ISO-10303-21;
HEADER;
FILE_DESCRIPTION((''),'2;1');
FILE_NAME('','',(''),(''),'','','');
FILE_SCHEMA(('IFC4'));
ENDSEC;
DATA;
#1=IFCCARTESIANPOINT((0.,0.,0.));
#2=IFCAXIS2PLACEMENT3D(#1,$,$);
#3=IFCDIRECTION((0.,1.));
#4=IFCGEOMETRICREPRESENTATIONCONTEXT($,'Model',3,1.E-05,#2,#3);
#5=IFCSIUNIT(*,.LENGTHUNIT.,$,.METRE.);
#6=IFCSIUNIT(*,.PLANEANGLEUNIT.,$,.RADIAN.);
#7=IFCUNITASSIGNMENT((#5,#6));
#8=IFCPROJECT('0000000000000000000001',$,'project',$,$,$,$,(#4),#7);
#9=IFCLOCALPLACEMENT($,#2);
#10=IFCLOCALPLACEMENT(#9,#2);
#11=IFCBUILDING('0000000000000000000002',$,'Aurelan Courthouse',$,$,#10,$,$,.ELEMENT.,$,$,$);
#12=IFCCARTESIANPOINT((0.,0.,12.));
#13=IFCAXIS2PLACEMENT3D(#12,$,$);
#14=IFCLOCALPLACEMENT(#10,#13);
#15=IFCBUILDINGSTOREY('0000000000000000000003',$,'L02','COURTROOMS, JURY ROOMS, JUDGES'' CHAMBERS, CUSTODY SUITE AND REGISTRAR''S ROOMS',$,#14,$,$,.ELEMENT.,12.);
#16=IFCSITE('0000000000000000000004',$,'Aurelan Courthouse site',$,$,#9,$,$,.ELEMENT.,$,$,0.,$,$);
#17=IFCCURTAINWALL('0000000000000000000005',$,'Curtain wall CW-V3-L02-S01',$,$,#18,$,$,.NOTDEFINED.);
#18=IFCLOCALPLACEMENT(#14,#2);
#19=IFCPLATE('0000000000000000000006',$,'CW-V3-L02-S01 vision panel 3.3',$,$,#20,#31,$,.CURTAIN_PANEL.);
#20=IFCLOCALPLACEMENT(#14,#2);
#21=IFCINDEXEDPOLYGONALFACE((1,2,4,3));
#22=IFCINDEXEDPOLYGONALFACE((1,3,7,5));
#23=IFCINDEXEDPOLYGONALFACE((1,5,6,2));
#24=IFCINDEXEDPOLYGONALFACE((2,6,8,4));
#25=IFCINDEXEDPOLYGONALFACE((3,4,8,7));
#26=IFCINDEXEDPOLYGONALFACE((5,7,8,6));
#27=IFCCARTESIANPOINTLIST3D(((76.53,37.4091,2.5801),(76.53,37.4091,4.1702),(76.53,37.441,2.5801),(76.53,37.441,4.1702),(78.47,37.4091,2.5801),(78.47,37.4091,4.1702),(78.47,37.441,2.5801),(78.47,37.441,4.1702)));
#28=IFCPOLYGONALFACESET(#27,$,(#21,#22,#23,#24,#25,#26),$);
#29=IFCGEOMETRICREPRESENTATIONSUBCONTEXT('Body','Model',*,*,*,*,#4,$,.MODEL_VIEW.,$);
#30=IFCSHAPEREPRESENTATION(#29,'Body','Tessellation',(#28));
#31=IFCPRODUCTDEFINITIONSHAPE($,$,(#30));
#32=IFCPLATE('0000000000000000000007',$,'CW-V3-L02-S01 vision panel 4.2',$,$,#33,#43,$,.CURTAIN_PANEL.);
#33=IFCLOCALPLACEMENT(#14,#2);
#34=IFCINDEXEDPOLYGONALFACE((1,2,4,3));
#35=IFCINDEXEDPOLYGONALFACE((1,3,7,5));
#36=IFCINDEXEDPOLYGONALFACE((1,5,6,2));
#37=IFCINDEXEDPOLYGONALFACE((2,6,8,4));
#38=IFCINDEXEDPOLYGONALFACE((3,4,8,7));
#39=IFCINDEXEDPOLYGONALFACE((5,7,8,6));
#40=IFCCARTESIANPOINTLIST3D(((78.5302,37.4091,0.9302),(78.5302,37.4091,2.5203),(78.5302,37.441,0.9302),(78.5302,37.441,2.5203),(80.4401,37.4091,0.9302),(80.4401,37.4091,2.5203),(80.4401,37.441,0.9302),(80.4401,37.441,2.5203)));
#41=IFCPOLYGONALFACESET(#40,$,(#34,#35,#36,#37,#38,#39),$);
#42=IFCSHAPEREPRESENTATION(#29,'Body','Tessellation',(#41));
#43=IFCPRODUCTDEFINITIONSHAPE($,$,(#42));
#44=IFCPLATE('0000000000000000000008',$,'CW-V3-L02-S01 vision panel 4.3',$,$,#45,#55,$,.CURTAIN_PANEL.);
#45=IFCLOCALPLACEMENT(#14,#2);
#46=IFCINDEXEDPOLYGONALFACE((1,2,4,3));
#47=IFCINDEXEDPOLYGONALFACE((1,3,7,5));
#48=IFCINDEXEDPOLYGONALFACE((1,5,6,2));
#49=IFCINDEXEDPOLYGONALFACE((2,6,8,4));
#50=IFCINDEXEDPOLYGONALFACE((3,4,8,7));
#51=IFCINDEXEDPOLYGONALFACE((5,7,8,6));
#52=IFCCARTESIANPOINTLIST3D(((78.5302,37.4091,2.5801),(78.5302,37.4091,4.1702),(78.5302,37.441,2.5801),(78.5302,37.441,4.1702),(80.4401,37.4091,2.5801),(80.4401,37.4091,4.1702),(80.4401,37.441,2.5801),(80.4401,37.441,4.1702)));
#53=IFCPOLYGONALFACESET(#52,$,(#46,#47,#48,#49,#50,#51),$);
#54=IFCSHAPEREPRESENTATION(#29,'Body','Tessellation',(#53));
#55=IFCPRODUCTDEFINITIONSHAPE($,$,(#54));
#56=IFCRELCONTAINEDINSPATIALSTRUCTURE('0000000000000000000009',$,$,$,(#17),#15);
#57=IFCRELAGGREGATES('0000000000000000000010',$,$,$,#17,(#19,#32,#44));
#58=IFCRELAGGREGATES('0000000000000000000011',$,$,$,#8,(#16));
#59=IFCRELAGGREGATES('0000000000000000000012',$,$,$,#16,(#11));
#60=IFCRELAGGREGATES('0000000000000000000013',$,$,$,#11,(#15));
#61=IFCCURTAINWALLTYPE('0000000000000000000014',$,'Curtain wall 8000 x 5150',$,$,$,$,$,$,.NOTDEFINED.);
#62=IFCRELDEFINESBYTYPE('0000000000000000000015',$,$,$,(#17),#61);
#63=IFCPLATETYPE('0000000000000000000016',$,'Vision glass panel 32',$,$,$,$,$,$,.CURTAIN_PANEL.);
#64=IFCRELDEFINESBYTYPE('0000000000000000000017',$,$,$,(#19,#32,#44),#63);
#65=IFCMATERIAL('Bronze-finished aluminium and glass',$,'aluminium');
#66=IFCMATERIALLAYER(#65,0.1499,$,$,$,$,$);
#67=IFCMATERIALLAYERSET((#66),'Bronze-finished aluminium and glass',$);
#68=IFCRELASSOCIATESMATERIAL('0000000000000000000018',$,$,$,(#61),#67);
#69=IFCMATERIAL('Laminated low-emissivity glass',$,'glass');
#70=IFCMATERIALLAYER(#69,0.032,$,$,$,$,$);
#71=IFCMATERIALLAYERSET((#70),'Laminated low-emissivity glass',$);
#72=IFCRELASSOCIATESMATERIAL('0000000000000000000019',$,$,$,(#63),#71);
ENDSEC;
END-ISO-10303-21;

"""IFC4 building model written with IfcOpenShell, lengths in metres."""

from ifc_helpers import new_model, si_unit, direction, frame, origin, origin_2d, place, context, subcontext, project, spatial, rectangle, extrude, material, layer, layer_set, type_object, element, aggregate, save


model = new_model("IFC4")

# Units and contexts
model_context = context("Model", 3, precision=1e-05, world=origin(), true_north=direction((0.0, 1.0)))
body_context = subcontext(model_context, "Body", "Model", "MODEL_VIEW")
ifc_project = project(units=[si_unit("LENGTHUNIT", "METRE"), si_unit("PLANEANGLEUNIT", "RADIAN")], contexts=[model_context])

# Site, building, storey
site_placement = place(None, origin())
site = spatial("IfcSite", under=ifc_project, at=site_placement, Name="Aurelan Courthouse site", CompositionType="ELEMENT", RefElevation=0.0)
building_placement = place(site_placement, origin())
building = spatial("IfcBuilding", under=site, at=building_placement, Name="Aurelan Courthouse", CompositionType="ELEMENT")
storey_placement = place(building_placement, frame((0.0, 0.0, 12.0)))
storey = spatial("IfcBuildingStorey", under=building, at=storey_placement, Name="L02", Description="COURTROOMS, JURY ROOMS, JUDGES' CHAMBERS, CUSTODY SUITE AND REGISTRAR'S ROOMS", CompositionType="ELEMENT", Elevation=12.0)

# Curtain wall, plates
ifc_material_1 = material(Name="Bronze-finished aluminium and glass", Category="aluminium")
ifc_layer_1 = layer(ifc_material_1, 0.1499)
ifc_layer_set_1 = layer_set([ifc_layer_1], Name="Bronze-finished aluminium and glass")
curtain_wall_type = type_object("IfcCurtainWallType", Name="Curtain wall 8000 x 5150", PredefinedType="NOTDEFINED", material=ifc_layer_set_1)
curtain_wall_placement = place(storey_placement, origin())
curtain_wall = element("IfcCurtainWall", 1, at=curtain_wall_placement, inside=storey, type_object=curtain_wall_type, Name="Curtain wall CW-V3-L02-S01", PredefinedType="NOTDEFINED")
ifc_material_2 = material(Name="Laminated low-emissivity glass", Category="glass")
ifc_layer_2 = layer(ifc_material_2, 0.032)
ifc_layer_set_2 = layer_set([ifc_layer_2], Name="Laminated low-emissivity glass")
plate_type_1 = type_object("IfcPlateType", Name="Vision glass panel 32", PredefinedType="CURTAIN_PANEL", material=ifc_layer_set_2)
plate_1_placement = place(storey_placement, frame((77.5, 37.425, 2.5801), z_axis=(0.0, 0.0, 1.0), x_axis=(1.0, 0.0, 0.0)))
plate_1 = element("IfcPlate", 2, at=plate_1_placement, type_object=plate_type_1, Name="CW-V3-L02-S01 vision panel 3.3", PredefinedType="CURTAIN_PANEL", context=body_context, shape_type="SweptSolid", body=[
    extrude(rectangle(XDim=1.9399, YDim=0.032, at=origin_2d()), origin(), (0.0, 0.0, 1.0), 1.5901),
])
plate_2_placement = place(storey_placement, frame((79.4851, 37.425, 0.9302), z_axis=(0.0, 0.0, 1.0), x_axis=(1.0, 0.0, 0.0)))
plate_2 = element("IfcPlate", 3, at=plate_2_placement, type_object=plate_type_1, Name="CW-V3-L02-S01 vision panel 4.2", PredefinedType="CURTAIN_PANEL", context=body_context, shape_type="SweptSolid", body=[
    extrude(rectangle(XDim=1.9099, YDim=0.032, at=origin_2d()), origin(), (0.0, 0.0, 1.0), 1.5901),
])
plate_3_placement = place(storey_placement, frame((79.4851, 37.425, 2.5801), z_axis=(0.0, 0.0, 1.0), x_axis=(1.0, 0.0, 0.0)))
plate_3 = element("IfcPlate", 4, at=plate_3_placement, type_object=plate_type_1, Name="CW-V3-L02-S01 vision panel 4.3", PredefinedType="CURTAIN_PANEL", context=body_context, shape_type="SweptSolid", body=[
    extrude(rectangle(XDim=1.9099, YDim=0.032, at=origin_2d()), origin(), (0.0, 0.0, 1.0), 1.5901),
])
aggregate(curtain_wall, [plate_1, plate_2, plate_3])

save(model, "model.ifc")
